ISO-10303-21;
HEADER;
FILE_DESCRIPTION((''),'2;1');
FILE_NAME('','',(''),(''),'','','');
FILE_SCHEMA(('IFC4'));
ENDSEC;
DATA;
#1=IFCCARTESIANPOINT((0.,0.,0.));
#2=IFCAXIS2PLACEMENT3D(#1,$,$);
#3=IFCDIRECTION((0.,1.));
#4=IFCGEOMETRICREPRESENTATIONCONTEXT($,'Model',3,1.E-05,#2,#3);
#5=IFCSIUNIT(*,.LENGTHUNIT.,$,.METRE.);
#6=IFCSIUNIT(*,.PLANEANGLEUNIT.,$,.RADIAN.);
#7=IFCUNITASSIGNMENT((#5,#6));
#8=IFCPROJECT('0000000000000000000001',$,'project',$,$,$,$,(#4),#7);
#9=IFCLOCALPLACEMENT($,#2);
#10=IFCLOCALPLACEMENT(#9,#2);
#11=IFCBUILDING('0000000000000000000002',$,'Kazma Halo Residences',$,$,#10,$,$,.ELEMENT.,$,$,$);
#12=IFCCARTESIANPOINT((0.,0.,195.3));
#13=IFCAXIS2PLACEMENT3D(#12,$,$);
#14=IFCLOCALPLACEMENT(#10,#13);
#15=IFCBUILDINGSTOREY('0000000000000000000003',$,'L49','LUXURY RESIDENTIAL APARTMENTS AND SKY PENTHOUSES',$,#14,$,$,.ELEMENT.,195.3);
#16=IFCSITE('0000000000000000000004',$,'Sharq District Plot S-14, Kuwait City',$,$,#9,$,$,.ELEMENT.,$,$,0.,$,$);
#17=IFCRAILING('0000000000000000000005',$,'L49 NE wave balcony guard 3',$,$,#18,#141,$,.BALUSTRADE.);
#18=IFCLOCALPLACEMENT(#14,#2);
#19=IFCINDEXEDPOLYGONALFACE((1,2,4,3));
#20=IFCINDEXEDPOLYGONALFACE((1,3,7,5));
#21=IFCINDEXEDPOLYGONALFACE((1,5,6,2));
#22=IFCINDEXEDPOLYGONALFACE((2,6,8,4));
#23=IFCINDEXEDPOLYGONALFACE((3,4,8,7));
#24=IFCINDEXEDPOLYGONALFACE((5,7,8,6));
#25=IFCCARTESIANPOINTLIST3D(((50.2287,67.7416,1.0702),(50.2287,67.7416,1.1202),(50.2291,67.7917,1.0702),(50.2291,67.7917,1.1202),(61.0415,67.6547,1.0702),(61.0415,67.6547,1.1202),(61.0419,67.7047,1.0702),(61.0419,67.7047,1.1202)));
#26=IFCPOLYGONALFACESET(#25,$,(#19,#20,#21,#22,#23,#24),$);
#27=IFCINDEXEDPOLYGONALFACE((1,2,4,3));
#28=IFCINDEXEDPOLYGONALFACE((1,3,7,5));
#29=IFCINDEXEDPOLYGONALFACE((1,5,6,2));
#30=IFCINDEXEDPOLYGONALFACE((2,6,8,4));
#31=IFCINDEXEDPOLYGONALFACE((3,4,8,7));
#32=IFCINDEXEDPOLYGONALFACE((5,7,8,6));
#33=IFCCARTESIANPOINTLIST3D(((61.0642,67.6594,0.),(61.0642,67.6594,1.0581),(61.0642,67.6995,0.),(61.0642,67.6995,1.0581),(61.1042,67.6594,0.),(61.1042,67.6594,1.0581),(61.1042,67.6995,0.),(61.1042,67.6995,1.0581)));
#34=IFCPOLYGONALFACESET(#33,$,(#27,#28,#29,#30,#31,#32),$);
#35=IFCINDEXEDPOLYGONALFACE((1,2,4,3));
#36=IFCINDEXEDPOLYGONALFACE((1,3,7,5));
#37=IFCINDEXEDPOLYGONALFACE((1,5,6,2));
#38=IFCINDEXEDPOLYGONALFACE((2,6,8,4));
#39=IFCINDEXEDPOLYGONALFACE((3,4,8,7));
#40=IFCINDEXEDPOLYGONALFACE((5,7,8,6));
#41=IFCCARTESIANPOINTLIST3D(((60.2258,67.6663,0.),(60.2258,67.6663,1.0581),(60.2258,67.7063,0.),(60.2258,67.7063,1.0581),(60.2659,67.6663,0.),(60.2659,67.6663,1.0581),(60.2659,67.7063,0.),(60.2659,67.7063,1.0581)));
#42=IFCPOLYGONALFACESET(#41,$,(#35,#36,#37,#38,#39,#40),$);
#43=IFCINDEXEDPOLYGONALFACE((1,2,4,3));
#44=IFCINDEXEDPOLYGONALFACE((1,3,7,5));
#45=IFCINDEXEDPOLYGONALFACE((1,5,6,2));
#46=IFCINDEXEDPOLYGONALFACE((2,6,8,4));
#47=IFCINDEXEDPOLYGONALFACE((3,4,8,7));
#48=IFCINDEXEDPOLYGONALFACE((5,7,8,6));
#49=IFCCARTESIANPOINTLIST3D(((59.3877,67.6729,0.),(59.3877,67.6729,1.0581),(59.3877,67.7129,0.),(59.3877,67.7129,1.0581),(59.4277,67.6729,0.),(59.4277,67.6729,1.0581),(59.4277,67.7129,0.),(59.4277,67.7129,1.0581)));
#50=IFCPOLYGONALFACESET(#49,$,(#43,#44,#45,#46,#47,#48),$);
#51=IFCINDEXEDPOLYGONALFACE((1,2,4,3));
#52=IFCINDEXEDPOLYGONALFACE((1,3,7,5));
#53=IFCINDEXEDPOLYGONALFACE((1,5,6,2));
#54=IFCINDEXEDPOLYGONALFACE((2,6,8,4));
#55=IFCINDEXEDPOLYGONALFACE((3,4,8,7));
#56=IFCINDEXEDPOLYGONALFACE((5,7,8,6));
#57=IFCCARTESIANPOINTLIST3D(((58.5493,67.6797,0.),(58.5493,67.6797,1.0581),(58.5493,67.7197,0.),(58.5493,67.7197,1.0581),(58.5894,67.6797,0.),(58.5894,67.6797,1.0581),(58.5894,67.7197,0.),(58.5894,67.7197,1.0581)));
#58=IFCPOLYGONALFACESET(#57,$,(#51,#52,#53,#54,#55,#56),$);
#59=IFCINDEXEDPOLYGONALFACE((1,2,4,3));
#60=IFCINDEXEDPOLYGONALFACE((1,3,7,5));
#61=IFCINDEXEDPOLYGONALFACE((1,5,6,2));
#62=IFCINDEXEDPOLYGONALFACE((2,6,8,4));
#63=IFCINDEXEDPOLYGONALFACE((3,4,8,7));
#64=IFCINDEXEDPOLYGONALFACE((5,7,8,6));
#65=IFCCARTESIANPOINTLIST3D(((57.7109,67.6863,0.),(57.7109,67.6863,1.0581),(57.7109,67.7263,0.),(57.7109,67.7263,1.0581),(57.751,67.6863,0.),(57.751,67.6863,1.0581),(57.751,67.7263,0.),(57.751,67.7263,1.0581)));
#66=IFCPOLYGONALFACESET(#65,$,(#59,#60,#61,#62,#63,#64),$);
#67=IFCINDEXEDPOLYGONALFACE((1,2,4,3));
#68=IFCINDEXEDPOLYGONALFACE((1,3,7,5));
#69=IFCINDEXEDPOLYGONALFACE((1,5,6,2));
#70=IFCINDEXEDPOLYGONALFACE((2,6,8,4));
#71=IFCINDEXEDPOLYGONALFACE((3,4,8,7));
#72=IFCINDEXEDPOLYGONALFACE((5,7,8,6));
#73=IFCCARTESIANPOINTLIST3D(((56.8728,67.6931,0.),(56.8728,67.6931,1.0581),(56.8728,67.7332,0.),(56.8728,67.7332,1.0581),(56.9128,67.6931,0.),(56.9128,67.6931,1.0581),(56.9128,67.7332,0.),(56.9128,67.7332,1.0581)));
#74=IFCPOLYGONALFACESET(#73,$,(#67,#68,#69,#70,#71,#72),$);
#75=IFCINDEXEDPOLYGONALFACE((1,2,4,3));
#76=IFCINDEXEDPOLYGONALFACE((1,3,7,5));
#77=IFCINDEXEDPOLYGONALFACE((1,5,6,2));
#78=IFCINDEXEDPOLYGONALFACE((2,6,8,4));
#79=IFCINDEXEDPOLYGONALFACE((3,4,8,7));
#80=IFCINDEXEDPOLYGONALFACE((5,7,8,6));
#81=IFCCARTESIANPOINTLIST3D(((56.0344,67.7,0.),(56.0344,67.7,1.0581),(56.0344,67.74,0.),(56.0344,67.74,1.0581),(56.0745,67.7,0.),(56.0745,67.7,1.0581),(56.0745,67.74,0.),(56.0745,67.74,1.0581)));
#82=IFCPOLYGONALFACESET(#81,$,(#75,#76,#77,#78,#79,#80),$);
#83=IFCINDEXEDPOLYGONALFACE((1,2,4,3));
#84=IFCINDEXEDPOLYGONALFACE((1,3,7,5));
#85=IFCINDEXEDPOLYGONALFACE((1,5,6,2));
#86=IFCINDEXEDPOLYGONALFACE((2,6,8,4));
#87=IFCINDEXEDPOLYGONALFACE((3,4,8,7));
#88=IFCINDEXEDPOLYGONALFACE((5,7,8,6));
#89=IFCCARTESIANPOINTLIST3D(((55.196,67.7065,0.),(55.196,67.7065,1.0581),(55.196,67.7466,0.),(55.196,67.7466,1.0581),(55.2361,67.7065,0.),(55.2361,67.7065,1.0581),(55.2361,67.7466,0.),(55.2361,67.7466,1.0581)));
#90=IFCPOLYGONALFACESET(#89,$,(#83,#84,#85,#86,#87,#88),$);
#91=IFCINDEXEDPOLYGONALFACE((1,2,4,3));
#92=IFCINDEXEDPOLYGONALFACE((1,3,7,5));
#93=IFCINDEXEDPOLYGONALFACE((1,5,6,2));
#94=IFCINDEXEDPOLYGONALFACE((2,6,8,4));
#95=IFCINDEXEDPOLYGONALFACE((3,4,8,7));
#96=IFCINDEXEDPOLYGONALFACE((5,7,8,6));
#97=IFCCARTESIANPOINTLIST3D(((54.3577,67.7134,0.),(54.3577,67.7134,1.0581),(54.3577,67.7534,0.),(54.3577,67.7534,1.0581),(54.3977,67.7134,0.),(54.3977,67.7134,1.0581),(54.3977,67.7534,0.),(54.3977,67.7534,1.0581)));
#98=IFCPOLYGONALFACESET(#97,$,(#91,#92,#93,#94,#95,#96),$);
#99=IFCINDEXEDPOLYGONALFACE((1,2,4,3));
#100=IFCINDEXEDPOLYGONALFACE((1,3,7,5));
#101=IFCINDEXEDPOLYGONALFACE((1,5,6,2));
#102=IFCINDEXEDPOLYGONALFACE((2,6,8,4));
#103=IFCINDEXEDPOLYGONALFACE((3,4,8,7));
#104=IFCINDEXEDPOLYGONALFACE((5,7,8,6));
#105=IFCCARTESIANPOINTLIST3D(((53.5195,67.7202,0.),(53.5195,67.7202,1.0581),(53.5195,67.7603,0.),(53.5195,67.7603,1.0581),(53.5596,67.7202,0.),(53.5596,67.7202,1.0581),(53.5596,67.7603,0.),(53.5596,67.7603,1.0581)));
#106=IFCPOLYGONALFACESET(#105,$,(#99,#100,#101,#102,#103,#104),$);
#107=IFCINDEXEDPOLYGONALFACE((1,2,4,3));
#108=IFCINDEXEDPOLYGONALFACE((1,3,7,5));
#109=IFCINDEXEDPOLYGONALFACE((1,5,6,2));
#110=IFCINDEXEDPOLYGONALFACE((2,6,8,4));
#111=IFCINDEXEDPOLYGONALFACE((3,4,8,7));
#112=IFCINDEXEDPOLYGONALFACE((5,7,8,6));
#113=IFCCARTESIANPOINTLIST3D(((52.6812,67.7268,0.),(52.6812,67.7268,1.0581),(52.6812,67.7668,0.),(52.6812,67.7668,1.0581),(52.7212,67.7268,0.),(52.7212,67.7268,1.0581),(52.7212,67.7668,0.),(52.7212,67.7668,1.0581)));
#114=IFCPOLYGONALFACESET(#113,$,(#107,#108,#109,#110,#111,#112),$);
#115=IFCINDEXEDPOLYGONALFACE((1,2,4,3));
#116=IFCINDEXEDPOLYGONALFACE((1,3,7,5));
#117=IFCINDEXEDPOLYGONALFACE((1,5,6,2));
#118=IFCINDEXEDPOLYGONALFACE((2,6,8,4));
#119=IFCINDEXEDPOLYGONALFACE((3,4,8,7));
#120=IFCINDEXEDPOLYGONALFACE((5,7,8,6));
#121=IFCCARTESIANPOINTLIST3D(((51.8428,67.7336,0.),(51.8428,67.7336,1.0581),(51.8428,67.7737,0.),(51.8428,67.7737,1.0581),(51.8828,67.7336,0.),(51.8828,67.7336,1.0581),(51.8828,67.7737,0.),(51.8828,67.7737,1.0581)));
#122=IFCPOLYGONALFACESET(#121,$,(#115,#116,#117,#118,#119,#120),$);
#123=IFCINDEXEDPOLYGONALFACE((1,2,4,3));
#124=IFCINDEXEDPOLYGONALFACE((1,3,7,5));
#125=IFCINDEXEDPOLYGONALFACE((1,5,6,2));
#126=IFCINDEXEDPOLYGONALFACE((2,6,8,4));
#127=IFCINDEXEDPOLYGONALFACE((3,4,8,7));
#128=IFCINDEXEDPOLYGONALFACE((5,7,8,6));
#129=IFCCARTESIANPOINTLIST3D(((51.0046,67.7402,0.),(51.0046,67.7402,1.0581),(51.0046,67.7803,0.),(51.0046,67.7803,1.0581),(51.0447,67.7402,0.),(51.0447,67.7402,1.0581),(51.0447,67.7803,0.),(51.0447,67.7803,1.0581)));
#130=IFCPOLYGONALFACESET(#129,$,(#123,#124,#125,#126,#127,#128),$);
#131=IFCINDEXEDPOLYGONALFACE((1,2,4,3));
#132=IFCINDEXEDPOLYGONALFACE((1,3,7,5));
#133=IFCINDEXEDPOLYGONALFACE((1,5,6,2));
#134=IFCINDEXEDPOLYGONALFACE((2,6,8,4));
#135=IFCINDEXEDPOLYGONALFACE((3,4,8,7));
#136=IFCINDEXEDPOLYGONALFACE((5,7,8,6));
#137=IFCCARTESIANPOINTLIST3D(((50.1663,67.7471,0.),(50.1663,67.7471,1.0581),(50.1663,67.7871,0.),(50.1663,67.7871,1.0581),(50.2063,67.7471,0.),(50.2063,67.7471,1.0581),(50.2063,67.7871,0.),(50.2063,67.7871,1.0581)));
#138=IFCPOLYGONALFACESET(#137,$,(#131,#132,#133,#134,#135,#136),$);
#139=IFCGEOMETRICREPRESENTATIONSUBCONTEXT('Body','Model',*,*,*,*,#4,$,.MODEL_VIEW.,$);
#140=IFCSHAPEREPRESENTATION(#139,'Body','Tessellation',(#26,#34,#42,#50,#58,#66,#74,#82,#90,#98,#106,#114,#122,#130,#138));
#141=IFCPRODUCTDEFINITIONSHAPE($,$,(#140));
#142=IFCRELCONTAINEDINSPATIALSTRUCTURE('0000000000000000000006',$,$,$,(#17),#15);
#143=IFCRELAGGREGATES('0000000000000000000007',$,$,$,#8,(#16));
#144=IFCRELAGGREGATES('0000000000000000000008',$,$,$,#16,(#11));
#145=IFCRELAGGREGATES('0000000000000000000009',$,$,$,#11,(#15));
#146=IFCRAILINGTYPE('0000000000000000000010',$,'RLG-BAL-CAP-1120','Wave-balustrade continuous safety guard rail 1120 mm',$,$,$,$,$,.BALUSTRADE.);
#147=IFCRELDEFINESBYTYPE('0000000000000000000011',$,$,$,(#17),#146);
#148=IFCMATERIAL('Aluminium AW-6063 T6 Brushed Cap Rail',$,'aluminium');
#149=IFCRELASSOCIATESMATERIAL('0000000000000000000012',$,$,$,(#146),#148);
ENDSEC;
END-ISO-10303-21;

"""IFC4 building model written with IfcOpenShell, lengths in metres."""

from ifc_helpers import new_model, si_unit, direction, frame, origin, origin_2d, place, context, subcontext, project, spatial, rectangle, extrude, material, type_object, element, save


model = new_model("IFC4")

# Units and contexts
model_context = context("Model", 3, precision=1e-05, world=origin(), true_north=direction((0.0, 1.0)))
body_context = subcontext(model_context, "Body", "Model", "MODEL_VIEW")
ifc_project = project(units=[si_unit("LENGTHUNIT", "METRE"), si_unit("PLANEANGLEUNIT", "RADIAN")], contexts=[model_context])

# Site, building, storey
site_placement = place(None, origin())
site = spatial("IfcSite", under=ifc_project, at=site_placement, Name="Sharq District Plot S-14, Kuwait City", CompositionType="ELEMENT", RefElevation=0.0)
building_placement = place(site_placement, origin())
building = spatial("IfcBuilding", under=site, at=building_placement, Name="Kazma Halo Residences", CompositionType="ELEMENT")
storey_placement = place(building_placement, frame((0.0, 0.0, 195.3)))
storey = spatial("IfcBuildingStorey", under=building, at=storey_placement, Name="L49", Description="LUXURY RESIDENTIAL APARTMENTS AND SKY PENTHOUSES", CompositionType="ELEMENT", Elevation=195.3)

# Railing
ifc_material_1 = material(Name="Aluminium AW-6063 T6 Brushed Cap Rail", Category="aluminium")
railing_type = type_object("IfcRailingType", Name="RLG-BAL-CAP-1120", Description="Wave-balustrade continuous safety guard rail 1120 mm", PredefinedType="BALUSTRADE", material=ifc_material_1)
railing_1_placement = place(storey_placement, frame((61.0842, 67.6794, 0.0)))
element("IfcRailing", 1, at=railing_1_placement, inside=storey, type_object=railing_type, Name="L49 NE wave balcony guard 3", PredefinedType="BALUSTRADE", context=body_context, shape_type="SweptSolid", body=[
    extrude(rectangle(XDim=0.05, YDim=0.05, at=origin_2d()), frame((-0.0425, 0.0002, 1.0952), z_axis=(-0.999968, 0.008042, 0.0), x_axis=(-0.008042, -0.999968, 0.0)), (0.0, 0.0, 1.0), 10.8132),
    extrude(rectangle(XDim=0.04, YDim=0.04, at=origin_2d()), origin(), (0.0, 0.0, 1.0), 1.0581),
    extrude(rectangle(XDim=0.04, YDim=0.04, at=origin_2d()), frame((-0.8384, 0.0068, 0.0)), (0.0, 0.0, 1.0), 1.0581),
    extrude(rectangle(XDim=0.04, YDim=0.04, at=origin_2d()), frame((-1.6765, 0.0134, 0.0)), (0.0, 0.0, 1.0), 1.0581),
    extrude(rectangle(XDim=0.04, YDim=0.04, at=origin_2d()), frame((-2.5149, 0.0203, 0.0)), (0.0, 0.0, 1.0), 1.0581),
    extrude(rectangle(XDim=0.04, YDim=0.04, at=origin_2d()), frame((-3.3533, 0.0269, 0.0)), (0.0, 0.0, 1.0), 1.0581),
    extrude(rectangle(XDim=0.04, YDim=0.04, at=origin_2d()), frame((-4.1914, 0.0337, 0.0)), (0.0, 0.0, 1.0), 1.0581),
    extrude(rectangle(XDim=0.04, YDim=0.04, at=origin_2d()), frame((-5.0298, 0.0405, 0.0)), (0.0, 0.0, 1.0), 1.0581),
    extrude(rectangle(XDim=0.04, YDim=0.04, at=origin_2d()), frame((-5.8682, 0.0471, 0.0)), (0.0, 0.0, 1.0), 1.0581),
    extrude(rectangle(XDim=0.04, YDim=0.04, at=origin_2d()), frame((-6.7065, 0.054, 0.0)), (0.0, 0.0, 1.0), 1.0581),
    extrude(rectangle(XDim=0.04, YDim=0.04, at=origin_2d()), frame((-7.5447, 0.0608, 0.0)), (0.0, 0.0, 1.0), 1.0581),
    extrude(rectangle(XDim=0.04, YDim=0.04, at=origin_2d()), frame((-8.3831, 0.0674, 0.0)), (0.0, 0.0, 1.0), 1.0581),
    extrude(rectangle(XDim=0.04, YDim=0.04, at=origin_2d()), frame((-9.2214, 0.0742, 0.0)), (0.0, 0.0, 1.0), 1.0581),
    extrude(rectangle(XDim=0.04, YDim=0.04, at=origin_2d()), frame((-10.0596, 0.0808, 0.0)), (0.0, 0.0, 1.0), 1.0581),
    extrude(rectangle(XDim=0.04, YDim=0.04, at=origin_2d()), frame((-10.8979, 0.0876, 0.0)), (0.0, 0.0, 1.0), 1.0581),
])

save(model, "model.ifc")
